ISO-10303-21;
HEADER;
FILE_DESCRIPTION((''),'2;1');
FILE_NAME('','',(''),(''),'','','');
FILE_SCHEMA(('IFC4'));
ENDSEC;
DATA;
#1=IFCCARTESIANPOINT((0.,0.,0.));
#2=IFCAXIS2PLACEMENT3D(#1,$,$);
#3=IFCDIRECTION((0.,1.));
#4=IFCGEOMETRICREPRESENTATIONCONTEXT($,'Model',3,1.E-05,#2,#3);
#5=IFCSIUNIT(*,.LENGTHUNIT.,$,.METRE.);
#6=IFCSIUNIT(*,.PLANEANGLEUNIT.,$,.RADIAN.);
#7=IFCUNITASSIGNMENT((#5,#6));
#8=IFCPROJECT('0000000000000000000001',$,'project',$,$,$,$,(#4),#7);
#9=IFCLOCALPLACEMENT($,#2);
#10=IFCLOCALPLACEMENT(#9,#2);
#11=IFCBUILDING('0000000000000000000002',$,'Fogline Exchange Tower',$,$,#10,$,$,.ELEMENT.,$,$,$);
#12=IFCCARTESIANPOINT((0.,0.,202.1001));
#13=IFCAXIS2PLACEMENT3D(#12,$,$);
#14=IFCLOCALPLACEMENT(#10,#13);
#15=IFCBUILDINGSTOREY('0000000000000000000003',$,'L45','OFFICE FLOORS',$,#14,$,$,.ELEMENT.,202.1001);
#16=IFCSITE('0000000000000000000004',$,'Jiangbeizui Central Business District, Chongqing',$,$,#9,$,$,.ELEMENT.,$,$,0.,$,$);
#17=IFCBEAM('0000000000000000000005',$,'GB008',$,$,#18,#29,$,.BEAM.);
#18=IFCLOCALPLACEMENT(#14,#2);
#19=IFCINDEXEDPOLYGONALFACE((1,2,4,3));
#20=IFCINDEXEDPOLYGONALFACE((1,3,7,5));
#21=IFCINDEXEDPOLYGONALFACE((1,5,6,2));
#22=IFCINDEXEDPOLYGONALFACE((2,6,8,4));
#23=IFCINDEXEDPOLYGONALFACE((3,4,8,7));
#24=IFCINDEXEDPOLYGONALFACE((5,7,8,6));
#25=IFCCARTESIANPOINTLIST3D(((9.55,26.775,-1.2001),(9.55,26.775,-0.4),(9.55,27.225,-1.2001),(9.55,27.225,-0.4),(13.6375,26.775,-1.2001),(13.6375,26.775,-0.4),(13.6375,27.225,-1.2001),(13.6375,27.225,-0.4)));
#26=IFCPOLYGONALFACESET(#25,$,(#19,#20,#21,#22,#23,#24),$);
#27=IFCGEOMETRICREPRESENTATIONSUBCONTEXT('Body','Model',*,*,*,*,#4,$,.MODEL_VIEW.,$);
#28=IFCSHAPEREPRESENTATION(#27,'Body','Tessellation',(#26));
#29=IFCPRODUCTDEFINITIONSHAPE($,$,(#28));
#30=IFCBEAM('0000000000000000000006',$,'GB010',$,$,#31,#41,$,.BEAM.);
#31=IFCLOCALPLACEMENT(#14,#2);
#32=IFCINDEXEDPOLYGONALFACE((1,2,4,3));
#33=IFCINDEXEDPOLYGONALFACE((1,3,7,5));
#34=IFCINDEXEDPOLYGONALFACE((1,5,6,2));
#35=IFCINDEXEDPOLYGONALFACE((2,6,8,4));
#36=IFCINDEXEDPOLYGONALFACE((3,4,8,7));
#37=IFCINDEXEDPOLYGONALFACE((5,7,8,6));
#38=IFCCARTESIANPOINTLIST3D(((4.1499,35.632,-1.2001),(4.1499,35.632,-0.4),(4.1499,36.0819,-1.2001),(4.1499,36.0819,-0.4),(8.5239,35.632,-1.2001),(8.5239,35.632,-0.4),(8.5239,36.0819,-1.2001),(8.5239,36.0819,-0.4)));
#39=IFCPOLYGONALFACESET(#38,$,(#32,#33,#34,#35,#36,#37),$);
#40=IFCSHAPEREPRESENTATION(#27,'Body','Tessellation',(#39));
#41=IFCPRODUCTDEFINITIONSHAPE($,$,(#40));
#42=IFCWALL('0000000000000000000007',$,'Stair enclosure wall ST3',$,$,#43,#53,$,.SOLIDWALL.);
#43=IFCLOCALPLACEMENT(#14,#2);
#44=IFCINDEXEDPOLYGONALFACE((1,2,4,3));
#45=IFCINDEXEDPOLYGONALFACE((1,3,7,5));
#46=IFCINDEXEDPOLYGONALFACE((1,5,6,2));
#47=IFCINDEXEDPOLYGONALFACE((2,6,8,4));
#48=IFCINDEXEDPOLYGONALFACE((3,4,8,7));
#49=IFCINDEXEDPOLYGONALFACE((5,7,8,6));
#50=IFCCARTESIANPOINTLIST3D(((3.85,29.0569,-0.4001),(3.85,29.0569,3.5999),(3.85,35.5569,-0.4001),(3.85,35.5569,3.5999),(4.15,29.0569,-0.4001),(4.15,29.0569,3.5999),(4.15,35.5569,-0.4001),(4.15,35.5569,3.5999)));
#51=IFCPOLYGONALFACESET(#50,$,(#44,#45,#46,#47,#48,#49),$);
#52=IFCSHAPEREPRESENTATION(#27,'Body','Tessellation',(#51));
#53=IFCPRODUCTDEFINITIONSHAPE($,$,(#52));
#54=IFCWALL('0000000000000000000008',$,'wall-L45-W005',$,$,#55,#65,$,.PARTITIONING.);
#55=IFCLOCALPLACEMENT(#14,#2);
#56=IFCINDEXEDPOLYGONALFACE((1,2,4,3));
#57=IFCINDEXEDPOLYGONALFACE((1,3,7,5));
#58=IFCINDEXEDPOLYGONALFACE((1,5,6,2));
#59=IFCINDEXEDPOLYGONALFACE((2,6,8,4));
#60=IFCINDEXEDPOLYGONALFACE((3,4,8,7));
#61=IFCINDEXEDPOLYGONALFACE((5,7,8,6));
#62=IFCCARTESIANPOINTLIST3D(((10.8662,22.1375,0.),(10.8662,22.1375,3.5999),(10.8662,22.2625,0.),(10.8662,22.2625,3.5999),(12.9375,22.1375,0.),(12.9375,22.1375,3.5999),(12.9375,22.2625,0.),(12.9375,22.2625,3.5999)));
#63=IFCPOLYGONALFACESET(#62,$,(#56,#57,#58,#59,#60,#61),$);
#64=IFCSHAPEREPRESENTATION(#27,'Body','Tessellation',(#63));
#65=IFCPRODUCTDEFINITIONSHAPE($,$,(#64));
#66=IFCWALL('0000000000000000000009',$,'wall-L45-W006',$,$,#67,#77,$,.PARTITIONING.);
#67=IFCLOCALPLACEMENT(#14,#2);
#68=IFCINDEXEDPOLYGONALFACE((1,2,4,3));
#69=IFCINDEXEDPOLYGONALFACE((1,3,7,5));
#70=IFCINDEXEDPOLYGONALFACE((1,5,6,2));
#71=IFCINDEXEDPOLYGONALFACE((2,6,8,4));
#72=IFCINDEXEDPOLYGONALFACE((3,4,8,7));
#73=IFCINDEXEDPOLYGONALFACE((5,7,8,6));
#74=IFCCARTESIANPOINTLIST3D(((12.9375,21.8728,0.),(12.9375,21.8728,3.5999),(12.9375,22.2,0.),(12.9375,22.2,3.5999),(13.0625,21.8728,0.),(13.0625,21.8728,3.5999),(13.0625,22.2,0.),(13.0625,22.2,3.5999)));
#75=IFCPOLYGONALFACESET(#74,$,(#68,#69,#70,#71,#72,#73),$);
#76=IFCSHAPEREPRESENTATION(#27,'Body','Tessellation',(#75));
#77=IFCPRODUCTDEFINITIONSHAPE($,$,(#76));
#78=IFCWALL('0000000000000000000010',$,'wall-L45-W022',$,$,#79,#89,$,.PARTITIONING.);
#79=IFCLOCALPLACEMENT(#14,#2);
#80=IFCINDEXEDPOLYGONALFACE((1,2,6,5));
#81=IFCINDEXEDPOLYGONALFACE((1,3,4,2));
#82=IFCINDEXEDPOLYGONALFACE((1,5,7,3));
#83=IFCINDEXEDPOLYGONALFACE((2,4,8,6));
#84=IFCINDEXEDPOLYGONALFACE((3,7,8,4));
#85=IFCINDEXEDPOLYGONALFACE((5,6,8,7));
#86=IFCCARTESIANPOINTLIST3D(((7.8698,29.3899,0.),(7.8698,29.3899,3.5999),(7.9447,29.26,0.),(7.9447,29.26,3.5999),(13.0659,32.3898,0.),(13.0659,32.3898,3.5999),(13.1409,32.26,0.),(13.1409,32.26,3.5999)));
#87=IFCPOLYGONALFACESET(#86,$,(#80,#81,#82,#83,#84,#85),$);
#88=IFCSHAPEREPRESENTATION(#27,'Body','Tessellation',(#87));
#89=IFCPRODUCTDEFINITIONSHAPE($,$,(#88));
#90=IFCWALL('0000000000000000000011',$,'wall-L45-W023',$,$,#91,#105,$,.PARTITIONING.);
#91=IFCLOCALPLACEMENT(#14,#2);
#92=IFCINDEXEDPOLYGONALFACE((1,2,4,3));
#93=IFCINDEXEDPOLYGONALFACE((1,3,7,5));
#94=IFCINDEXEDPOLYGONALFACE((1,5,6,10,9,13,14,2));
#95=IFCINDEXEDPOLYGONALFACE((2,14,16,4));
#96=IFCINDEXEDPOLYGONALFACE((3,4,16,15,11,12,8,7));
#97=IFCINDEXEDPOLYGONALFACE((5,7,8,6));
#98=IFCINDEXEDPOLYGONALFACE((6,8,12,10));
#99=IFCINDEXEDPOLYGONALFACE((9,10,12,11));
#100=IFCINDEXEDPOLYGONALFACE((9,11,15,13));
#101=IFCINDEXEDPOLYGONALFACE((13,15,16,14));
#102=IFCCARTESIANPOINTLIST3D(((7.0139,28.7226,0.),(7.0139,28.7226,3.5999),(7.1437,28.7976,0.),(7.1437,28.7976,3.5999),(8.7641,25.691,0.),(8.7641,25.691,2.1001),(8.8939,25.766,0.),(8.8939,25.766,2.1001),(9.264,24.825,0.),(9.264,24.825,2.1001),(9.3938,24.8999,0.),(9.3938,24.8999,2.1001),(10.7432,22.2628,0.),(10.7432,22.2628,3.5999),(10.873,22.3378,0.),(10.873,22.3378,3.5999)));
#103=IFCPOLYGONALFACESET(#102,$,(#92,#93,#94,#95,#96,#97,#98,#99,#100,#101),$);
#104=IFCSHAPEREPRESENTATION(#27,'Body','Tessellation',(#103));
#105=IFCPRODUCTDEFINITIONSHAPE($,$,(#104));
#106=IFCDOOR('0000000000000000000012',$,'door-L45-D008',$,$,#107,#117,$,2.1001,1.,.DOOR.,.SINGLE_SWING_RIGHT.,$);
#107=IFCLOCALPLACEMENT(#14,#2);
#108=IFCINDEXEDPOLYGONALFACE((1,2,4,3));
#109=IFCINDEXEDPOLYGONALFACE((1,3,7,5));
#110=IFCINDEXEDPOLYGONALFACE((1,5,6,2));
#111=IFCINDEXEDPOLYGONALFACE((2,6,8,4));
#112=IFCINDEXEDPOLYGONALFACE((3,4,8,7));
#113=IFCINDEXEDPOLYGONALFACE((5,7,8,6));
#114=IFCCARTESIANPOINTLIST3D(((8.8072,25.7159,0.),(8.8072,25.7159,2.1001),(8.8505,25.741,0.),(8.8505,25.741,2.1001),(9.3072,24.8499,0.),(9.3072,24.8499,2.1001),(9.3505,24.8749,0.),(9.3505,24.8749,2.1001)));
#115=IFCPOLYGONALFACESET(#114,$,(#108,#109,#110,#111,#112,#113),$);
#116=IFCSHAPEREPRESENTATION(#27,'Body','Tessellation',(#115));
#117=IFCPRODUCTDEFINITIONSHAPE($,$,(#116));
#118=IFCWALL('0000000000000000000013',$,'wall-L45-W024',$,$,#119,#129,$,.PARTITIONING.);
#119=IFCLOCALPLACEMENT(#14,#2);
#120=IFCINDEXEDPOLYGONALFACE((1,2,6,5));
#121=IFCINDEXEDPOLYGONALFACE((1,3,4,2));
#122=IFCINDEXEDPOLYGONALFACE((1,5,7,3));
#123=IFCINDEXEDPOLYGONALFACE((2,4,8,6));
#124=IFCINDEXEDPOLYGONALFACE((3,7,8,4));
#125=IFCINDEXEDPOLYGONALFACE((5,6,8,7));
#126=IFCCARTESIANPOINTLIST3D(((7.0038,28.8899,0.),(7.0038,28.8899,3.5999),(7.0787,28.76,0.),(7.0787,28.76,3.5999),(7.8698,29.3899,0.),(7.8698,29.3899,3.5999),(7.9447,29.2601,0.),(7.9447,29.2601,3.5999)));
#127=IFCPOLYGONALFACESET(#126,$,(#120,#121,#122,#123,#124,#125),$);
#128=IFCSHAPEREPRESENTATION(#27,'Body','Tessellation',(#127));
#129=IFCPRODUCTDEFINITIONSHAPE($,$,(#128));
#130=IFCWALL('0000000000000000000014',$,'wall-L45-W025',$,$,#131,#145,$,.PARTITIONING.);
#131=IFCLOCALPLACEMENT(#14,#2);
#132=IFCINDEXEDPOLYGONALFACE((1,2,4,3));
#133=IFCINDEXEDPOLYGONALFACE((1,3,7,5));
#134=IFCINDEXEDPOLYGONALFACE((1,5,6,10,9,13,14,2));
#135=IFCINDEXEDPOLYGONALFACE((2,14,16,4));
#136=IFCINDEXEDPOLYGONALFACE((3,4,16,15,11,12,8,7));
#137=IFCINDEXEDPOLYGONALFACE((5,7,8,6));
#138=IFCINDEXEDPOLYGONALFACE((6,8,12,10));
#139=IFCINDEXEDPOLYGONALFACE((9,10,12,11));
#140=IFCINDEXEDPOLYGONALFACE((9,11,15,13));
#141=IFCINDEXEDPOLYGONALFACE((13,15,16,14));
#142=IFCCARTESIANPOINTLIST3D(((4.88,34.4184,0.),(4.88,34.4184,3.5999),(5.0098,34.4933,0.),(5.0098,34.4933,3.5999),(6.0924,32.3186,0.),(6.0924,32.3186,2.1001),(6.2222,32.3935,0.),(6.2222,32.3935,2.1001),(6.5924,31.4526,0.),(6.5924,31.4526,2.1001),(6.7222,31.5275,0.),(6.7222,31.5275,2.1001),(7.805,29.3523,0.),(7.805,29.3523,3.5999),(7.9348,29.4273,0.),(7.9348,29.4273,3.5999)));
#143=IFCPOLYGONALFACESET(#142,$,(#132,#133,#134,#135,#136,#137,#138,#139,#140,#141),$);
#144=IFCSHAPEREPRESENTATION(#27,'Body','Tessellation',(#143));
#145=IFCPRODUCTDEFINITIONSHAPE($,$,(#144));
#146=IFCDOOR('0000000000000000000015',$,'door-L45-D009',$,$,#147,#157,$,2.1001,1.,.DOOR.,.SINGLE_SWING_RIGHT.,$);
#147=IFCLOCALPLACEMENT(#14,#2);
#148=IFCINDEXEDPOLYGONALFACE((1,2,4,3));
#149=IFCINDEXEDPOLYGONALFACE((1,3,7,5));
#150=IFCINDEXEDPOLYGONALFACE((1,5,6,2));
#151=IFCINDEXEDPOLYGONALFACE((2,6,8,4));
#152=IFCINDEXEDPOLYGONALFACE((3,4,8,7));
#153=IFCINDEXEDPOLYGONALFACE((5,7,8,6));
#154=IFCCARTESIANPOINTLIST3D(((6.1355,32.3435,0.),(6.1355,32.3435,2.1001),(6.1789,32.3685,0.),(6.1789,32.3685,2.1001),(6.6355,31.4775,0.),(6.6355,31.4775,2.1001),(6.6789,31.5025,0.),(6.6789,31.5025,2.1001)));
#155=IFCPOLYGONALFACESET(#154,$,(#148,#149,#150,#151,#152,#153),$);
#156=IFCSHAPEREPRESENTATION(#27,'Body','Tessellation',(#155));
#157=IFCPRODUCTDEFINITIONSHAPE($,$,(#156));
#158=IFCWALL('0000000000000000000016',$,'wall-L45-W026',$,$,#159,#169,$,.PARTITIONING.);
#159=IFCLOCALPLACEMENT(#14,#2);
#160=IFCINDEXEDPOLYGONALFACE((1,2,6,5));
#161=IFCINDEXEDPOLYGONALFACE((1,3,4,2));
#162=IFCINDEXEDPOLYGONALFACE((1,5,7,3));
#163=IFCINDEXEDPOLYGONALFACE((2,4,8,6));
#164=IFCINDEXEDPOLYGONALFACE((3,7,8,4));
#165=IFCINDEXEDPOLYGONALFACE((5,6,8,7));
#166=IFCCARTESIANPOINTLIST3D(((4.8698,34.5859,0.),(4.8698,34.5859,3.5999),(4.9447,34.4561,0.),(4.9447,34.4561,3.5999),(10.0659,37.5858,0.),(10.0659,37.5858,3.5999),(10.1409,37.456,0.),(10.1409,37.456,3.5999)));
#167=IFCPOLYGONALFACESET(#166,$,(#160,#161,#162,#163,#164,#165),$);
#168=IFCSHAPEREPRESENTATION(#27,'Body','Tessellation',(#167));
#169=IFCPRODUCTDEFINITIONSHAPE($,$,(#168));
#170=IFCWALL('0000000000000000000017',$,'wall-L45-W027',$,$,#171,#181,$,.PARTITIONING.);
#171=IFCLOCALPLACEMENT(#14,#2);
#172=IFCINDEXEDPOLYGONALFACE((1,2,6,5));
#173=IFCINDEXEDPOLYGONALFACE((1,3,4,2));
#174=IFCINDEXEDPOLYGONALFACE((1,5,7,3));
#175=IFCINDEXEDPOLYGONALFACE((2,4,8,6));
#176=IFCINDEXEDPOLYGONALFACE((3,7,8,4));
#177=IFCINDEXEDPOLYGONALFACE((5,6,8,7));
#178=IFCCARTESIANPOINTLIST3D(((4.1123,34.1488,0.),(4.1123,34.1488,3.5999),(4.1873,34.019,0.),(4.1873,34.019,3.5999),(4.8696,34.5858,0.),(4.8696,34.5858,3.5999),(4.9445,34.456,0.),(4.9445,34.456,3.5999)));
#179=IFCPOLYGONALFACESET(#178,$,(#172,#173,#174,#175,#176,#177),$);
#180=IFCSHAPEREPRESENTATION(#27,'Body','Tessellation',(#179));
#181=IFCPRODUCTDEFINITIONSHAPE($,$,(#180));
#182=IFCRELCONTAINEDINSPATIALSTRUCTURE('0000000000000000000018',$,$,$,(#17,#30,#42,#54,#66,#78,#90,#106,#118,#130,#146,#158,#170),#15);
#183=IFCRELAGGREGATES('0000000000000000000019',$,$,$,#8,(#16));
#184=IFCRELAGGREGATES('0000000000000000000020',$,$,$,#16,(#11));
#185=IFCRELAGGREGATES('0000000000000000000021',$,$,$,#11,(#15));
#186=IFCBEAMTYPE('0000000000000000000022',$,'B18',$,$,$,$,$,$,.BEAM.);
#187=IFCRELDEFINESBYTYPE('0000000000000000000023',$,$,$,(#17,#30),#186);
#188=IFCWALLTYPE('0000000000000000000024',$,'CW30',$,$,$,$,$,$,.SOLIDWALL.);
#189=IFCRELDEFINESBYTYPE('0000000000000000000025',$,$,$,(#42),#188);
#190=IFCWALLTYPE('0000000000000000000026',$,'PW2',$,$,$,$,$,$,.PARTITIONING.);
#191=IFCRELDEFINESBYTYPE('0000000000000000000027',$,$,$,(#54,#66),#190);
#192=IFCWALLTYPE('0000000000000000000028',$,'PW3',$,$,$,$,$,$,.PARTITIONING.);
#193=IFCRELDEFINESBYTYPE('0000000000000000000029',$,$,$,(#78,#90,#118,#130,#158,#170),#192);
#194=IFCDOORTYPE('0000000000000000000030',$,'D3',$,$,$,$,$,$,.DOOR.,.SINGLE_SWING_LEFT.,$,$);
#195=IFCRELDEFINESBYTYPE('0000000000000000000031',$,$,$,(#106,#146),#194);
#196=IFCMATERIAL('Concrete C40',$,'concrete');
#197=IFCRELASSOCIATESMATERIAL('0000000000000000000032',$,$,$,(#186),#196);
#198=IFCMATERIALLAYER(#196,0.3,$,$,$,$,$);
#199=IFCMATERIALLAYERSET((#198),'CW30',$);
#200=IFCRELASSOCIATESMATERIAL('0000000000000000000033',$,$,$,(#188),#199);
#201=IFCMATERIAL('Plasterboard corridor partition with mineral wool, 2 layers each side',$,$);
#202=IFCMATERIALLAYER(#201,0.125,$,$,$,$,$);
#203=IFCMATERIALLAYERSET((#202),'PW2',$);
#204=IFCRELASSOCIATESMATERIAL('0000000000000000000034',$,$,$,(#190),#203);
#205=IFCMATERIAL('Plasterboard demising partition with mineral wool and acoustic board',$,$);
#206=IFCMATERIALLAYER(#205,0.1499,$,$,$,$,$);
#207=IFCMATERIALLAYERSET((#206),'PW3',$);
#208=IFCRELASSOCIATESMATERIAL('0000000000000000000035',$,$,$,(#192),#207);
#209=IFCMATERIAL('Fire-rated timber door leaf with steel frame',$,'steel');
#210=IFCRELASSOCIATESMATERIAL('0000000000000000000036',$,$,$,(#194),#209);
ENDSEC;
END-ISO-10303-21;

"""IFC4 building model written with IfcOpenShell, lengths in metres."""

from ifc_helpers import new_model, si_unit, direction, frame, frame_2d, origin, origin_2d, place, context, subcontext, project, spatial, rectangle, extrude, material, layer, layer_set, material_profile, profile_set, type_object, element, fill, save


model = new_model("IFC4")

# Units and contexts
model_context = context("Model", 3, precision=1e-05, world=origin(), true_north=direction((0.0, 1.0)))
body_context = subcontext(model_context, "Body", "Model", "MODEL_VIEW")
ifc_project = project(units=[si_unit("LENGTHUNIT", "METRE"), si_unit("PLANEANGLEUNIT", "RADIAN")], contexts=[model_context])

# Site, building, storey
site_placement = place(None, origin())
site = spatial("IfcSite", under=ifc_project, at=site_placement, Name="Jiangbeizui Central Business District, Chongqing", CompositionType="ELEMENT", RefElevation=0.0)
building_placement = place(site_placement, origin())
building = spatial("IfcBuilding", under=site, at=building_placement, Name="Fogline Exchange Tower", CompositionType="ELEMENT")
storey_placement = place(building_placement, frame((0.0, 0.0, 202.1001)))
storey = spatial("IfcBuildingStorey", under=building, at=storey_placement, Name="L45", Description="OFFICE FLOORS", CompositionType="ELEMENT", Elevation=202.1001)

# Beams
ifc_material_1 = material(Name="Concrete C40", Category="concrete")
ifc_material_profile_1 = material_profile(ifc_material_1, rectangle(XDim=0.45, YDim=0.8, at=origin_2d()), Name="RC 450x800")
ifc_profile_set_1 = profile_set([ifc_material_profile_1], Name="Concrete C40")
beam_type_1 = type_object("IfcBeamType", Name="B18", PredefinedType="BEAM", material=ifc_profile_set_1)
beam_1_placement = place(storey_placement, frame((9.55, 27.0, -0.8), z_axis=(1.0, 0.0, 0.0), x_axis=(0.0, 1.0, 0.0)))
element("IfcBeam", 1, at=beam_1_placement, inside=storey, type_object=beam_type_1, Name="GB008", PredefinedType="BEAM", context=body_context, shape_type="SweptSolid", body=[
    extrude(rectangle(XDim=0.45, YDim=0.8, at=origin_2d()), origin(), (0.0, 0.0, 1.0), 4.0874),
])
beam_2_placement = place(storey_placement, frame((4.1499, 35.8569, -0.8), z_axis=(1.0, 0.0, 0.0), x_axis=(0.0, 1.0, 0.0)))
element("IfcBeam", 2, at=beam_2_placement, inside=storey, type_object=beam_type_1, Name="GB010", PredefinedType="BEAM", context=body_context, shape_type="SweptSolid", body=[
    extrude(rectangle(XDim=0.45, YDim=0.8, at=origin_2d()), origin(), (0.0, 0.0, 1.0), 4.374),
])

# Wall
ifc_layer_1 = layer(ifc_material_1, 0.3)
ifc_layer_set_1 = layer_set([ifc_layer_1], Name="CW30")
wall_type_1 = type_object("IfcWallType", Name="CW30", PredefinedType="SOLIDWALL", material=ifc_layer_set_1)
wall_1_placement = place(storey_placement, frame((4.0, 29.0569, -0.4001), z_axis=(0.0, 0.0, 1.0), x_axis=(0.0, 1.0, 0.0)))
element("IfcWall", 3, at=wall_1_placement, inside=storey, type_object=wall_type_1, Name="Stair enclosure wall ST3", PredefinedType="SOLIDWALL", context=body_context, shape_type="SweptSolid", body=[
    extrude(rectangle(XDim=6.5, YDim=0.3, at=frame_2d((3.25, 0.0))), origin(), (0.0, 0.0, 1.0), 4.0),
])

# Walls
ifc_material_2 = material(Name="Plasterboard corridor partition with mineral wool, 2 layers each side")
ifc_layer_2 = layer(ifc_material_2, 0.125)
ifc_layer_set_2 = layer_set([ifc_layer_2], Name="PW2")
wall_type_2 = type_object("IfcWallType", Name="PW2", PredefinedType="PARTITIONING", material=ifc_layer_set_2)
wall_2_placement = place(storey_placement, frame((10.8662, 22.2, 0.0), z_axis=(0.0, 0.0, 1.0), x_axis=(1.0, 0.0, 0.0)))
element("IfcWall", 4, at=wall_2_placement, inside=storey, type_object=wall_type_2, Name="wall-L45-W005", PredefinedType="PARTITIONING", context=body_context, shape_type="SweptSolid", body=[
    extrude(rectangle(XDim=2.0713, YDim=0.125, at=frame_2d((1.0356, 0.0))), origin(), (0.0, 0.0, 1.0), 3.5999),
])
wall_3_placement = place(storey_placement, frame((13.0, 22.2, 0.0), z_axis=(0.0, 0.0, 1.0), x_axis=(0.0, -1.0, 0.0)))
element("IfcWall", 5, at=wall_3_placement, inside=storey, type_object=wall_type_2, Name="wall-L45-W006", PredefinedType="PARTITIONING", context=body_context, shape_type="SweptSolid", body=[
    extrude(rectangle(XDim=0.3271, YDim=0.125, at=frame_2d((0.1636, 0.0))), origin(), (0.0, 0.0, 1.0), 3.5999),
])
ifc_material_3 = material(Name="Plasterboard demising partition with mineral wool and acoustic board")
ifc_layer_3 = layer(ifc_material_3, 0.1499)
ifc_layer_set_3 = layer_set([ifc_layer_3], Name="PW3")
wall_type_3 = type_object("IfcWallType", Name="PW3", PredefinedType="PARTITIONING", material=ifc_layer_set_3)
wall_4_placement = place(storey_placement, frame((7.9072, 29.325, 0.0), z_axis=(0.0, 0.0, 1.0), x_axis=(0.866031, 0.49999, 0.0)))
element("IfcWall", 6, at=wall_4_placement, inside=storey, type_object=wall_type_3, Name="wall-L45-W022", PredefinedType="PARTITIONING", context=body_context, shape_type="SweptSolid", body=[
    extrude(rectangle(XDim=6.0, YDim=0.1499, at=frame_2d((3.0, 0.0))), origin(), (0.0, 0.0, 1.0), 3.5999),
])

# Wall, opening, door
wall_5_placement = place(storey_placement, frame((10.8081, 22.3003, 0.0), z_axis=(0.0, 0.0, 1.0), x_axis=(-0.499973, 0.866041, 0.0)))
wall_5 = element("IfcWall", 7, at=wall_5_placement, inside=storey, type_object=wall_type_3, Name="wall-L45-W023", PredefinedType="PARTITIONING", context=body_context, shape_type="SweptSolid", body=[
    extrude(rectangle(XDim=7.459, YDim=0.1499, at=frame_2d((3.7295, 0.0))), origin(), (0.0, 0.0, 1.0), 3.5999),
])
opening_1_placement = place(wall_5_placement, frame((2.9585, 0.0, 0.0)))
opening_1 = element("IfcOpeningElement", 8, at=opening_1_placement, cuts=wall_5, PredefinedType="OPENING", context=body_context, shape_type="SweptSolid", body=[
    extrude(rectangle(XDim=1.0, YDim=2.1001, at=frame_2d((0.5, 1.05))), frame((0.0, 0.085, 0.0), z_axis=(0.0, -1.0, 0.0), x_axis=(1.0, 0.0, 0.0)), (0.0, 0.0, 1.0), 0.1699),
])
ifc_material_4 = material(Name="Fire-rated timber door leaf with steel frame", Category="steel")
door_type_1 = type_object("IfcDoorType", Name="D3", OperationType="SINGLE_SWING_LEFT", PredefinedType="DOOR", material=ifc_material_4)
door_1_placement = place(opening_1_placement, frame((1.0, 0.0, 0.0), z_axis=(0.0, 0.0, 1.0), x_axis=(-1.0, 0.0, 0.0)))
door_1 = element("IfcDoor", 9, at=door_1_placement, inside=storey, type_object=door_type_1, Name="door-L45-D008", OperationType="SINGLE_SWING_RIGHT", OverallHeight=2.1001, OverallWidth=1.0, PredefinedType="DOOR", context=body_context, shape_type="SweptSolid", body=[
    extrude(rectangle(XDim=1.0, YDim=2.1001, at=frame_2d((0.5, 1.05))), frame((0.0, 0.0249, 0.0), z_axis=(0.0, -1.0, 0.0), x_axis=(1.0, 0.0, 0.0)), (0.0, 0.0, 1.0), 0.05),
])
fill(opening_1, door_1)

# Wall
wall_6_placement = place(storey_placement, frame((7.0413, 28.825, 0.0), z_axis=(0.0, 0.0, 1.0), x_axis=(0.866011, 0.500025, 0.0)))
element("IfcWall", 10, at=wall_6_placement, inside=storey, type_object=wall_type_3, Name="wall-L45-W024", PredefinedType="PARTITIONING", context=body_context, shape_type="SweptSolid", body=[
    extrude(rectangle(XDim=1.0, YDim=0.1499, at=frame_2d((0.5, 0.0))), origin(), (0.0, 0.0, 1.0), 3.5999),
])

# Wall, opening, door
wall_7_placement = place(storey_placement, frame((7.8699, 29.3899, 0.0), z_axis=(0.0, 0.0, 1.0), x_axis=(-0.500013, 0.866018, 0.0)))
wall_7 = element("IfcWall", 11, at=wall_7_placement, inside=storey, type_object=wall_type_3, Name="wall-L45-W025", PredefinedType="PARTITIONING", context=body_context, shape_type="SweptSolid", body=[
    extrude(rectangle(XDim=5.8499, YDim=0.1499, at=frame_2d((2.9248, 0.0))), origin(), (0.0, 0.0, 1.0), 3.5999),
])
opening_2_placement = place(wall_7_placement, frame((2.425, 0.0, 0.0)))
opening_2 = element("IfcOpeningElement", 12, at=opening_2_placement, cuts=wall_7, PredefinedType="OPENING", context=body_context, shape_type="SweptSolid", body=[
    extrude(rectangle(XDim=1.0, YDim=2.1001, at=frame_2d((0.5, 1.05))), frame((0.0, 0.085, 0.0), z_axis=(0.0, -1.0, 0.0), x_axis=(1.0, 0.0, 0.0)), (0.0, 0.0, 1.0), 0.1699),
])
door_2_placement = place(opening_2_placement, frame((1.0, 0.0, 0.0), z_axis=(0.0, 0.0, 1.0), x_axis=(-1.0, 0.0, 0.0)))
door_2 = element("IfcDoor", 13, at=door_2_placement, inside=storey, type_object=door_type_1, Name="door-L45-D009", OperationType="SINGLE_SWING_RIGHT", OverallHeight=2.1001, OverallWidth=1.0, PredefinedType="DOOR", context=body_context, shape_type="SweptSolid", body=[
    extrude(rectangle(XDim=1.0, YDim=2.1001, at=frame_2d((0.5, 1.05))), frame((0.0, 0.0249, 0.0), z_axis=(0.0, -1.0, 0.0), x_axis=(1.0, 0.0, 0.0)), (0.0, 0.0, 1.0), 0.05),
])
fill(opening_2, door_2)

# Walls
wall_8_placement = place(storey_placement, frame((4.9072, 34.521, 0.0), z_axis=(0.0, 0.0, 1.0), x_axis=(0.866031, 0.49999, 0.0)))
element("IfcWall", 14, at=wall_8_placement, inside=storey, type_object=wall_type_3, Name="wall-L45-W026", PredefinedType="PARTITIONING", context=body_context, shape_type="SweptSolid", body=[
    extrude(rectangle(XDim=6.0, YDim=0.1499, at=frame_2d((3.0, 0.0))), origin(), (0.0, 0.0, 1.0), 3.5999),
])
wall_9_placement = place(storey_placement, frame((4.1499, 34.084, 0.0), z_axis=(0.0, 0.0, 1.0), x_axis=(0.866139, 0.499803, 0.0)))
element("IfcWall", 15, at=wall_9_placement, inside=storey, type_object=wall_type_3, Name="wall-L45-W027", PredefinedType="PARTITIONING", context=body_context, shape_type="SweptSolid", body=[
    extrude(rectangle(XDim=0.8743, YDim=0.1499, at=frame_2d((0.437, 0.0))), origin(), (0.0, 0.0, 1.0), 3.5999),
])

save(model, "model.ifc")
